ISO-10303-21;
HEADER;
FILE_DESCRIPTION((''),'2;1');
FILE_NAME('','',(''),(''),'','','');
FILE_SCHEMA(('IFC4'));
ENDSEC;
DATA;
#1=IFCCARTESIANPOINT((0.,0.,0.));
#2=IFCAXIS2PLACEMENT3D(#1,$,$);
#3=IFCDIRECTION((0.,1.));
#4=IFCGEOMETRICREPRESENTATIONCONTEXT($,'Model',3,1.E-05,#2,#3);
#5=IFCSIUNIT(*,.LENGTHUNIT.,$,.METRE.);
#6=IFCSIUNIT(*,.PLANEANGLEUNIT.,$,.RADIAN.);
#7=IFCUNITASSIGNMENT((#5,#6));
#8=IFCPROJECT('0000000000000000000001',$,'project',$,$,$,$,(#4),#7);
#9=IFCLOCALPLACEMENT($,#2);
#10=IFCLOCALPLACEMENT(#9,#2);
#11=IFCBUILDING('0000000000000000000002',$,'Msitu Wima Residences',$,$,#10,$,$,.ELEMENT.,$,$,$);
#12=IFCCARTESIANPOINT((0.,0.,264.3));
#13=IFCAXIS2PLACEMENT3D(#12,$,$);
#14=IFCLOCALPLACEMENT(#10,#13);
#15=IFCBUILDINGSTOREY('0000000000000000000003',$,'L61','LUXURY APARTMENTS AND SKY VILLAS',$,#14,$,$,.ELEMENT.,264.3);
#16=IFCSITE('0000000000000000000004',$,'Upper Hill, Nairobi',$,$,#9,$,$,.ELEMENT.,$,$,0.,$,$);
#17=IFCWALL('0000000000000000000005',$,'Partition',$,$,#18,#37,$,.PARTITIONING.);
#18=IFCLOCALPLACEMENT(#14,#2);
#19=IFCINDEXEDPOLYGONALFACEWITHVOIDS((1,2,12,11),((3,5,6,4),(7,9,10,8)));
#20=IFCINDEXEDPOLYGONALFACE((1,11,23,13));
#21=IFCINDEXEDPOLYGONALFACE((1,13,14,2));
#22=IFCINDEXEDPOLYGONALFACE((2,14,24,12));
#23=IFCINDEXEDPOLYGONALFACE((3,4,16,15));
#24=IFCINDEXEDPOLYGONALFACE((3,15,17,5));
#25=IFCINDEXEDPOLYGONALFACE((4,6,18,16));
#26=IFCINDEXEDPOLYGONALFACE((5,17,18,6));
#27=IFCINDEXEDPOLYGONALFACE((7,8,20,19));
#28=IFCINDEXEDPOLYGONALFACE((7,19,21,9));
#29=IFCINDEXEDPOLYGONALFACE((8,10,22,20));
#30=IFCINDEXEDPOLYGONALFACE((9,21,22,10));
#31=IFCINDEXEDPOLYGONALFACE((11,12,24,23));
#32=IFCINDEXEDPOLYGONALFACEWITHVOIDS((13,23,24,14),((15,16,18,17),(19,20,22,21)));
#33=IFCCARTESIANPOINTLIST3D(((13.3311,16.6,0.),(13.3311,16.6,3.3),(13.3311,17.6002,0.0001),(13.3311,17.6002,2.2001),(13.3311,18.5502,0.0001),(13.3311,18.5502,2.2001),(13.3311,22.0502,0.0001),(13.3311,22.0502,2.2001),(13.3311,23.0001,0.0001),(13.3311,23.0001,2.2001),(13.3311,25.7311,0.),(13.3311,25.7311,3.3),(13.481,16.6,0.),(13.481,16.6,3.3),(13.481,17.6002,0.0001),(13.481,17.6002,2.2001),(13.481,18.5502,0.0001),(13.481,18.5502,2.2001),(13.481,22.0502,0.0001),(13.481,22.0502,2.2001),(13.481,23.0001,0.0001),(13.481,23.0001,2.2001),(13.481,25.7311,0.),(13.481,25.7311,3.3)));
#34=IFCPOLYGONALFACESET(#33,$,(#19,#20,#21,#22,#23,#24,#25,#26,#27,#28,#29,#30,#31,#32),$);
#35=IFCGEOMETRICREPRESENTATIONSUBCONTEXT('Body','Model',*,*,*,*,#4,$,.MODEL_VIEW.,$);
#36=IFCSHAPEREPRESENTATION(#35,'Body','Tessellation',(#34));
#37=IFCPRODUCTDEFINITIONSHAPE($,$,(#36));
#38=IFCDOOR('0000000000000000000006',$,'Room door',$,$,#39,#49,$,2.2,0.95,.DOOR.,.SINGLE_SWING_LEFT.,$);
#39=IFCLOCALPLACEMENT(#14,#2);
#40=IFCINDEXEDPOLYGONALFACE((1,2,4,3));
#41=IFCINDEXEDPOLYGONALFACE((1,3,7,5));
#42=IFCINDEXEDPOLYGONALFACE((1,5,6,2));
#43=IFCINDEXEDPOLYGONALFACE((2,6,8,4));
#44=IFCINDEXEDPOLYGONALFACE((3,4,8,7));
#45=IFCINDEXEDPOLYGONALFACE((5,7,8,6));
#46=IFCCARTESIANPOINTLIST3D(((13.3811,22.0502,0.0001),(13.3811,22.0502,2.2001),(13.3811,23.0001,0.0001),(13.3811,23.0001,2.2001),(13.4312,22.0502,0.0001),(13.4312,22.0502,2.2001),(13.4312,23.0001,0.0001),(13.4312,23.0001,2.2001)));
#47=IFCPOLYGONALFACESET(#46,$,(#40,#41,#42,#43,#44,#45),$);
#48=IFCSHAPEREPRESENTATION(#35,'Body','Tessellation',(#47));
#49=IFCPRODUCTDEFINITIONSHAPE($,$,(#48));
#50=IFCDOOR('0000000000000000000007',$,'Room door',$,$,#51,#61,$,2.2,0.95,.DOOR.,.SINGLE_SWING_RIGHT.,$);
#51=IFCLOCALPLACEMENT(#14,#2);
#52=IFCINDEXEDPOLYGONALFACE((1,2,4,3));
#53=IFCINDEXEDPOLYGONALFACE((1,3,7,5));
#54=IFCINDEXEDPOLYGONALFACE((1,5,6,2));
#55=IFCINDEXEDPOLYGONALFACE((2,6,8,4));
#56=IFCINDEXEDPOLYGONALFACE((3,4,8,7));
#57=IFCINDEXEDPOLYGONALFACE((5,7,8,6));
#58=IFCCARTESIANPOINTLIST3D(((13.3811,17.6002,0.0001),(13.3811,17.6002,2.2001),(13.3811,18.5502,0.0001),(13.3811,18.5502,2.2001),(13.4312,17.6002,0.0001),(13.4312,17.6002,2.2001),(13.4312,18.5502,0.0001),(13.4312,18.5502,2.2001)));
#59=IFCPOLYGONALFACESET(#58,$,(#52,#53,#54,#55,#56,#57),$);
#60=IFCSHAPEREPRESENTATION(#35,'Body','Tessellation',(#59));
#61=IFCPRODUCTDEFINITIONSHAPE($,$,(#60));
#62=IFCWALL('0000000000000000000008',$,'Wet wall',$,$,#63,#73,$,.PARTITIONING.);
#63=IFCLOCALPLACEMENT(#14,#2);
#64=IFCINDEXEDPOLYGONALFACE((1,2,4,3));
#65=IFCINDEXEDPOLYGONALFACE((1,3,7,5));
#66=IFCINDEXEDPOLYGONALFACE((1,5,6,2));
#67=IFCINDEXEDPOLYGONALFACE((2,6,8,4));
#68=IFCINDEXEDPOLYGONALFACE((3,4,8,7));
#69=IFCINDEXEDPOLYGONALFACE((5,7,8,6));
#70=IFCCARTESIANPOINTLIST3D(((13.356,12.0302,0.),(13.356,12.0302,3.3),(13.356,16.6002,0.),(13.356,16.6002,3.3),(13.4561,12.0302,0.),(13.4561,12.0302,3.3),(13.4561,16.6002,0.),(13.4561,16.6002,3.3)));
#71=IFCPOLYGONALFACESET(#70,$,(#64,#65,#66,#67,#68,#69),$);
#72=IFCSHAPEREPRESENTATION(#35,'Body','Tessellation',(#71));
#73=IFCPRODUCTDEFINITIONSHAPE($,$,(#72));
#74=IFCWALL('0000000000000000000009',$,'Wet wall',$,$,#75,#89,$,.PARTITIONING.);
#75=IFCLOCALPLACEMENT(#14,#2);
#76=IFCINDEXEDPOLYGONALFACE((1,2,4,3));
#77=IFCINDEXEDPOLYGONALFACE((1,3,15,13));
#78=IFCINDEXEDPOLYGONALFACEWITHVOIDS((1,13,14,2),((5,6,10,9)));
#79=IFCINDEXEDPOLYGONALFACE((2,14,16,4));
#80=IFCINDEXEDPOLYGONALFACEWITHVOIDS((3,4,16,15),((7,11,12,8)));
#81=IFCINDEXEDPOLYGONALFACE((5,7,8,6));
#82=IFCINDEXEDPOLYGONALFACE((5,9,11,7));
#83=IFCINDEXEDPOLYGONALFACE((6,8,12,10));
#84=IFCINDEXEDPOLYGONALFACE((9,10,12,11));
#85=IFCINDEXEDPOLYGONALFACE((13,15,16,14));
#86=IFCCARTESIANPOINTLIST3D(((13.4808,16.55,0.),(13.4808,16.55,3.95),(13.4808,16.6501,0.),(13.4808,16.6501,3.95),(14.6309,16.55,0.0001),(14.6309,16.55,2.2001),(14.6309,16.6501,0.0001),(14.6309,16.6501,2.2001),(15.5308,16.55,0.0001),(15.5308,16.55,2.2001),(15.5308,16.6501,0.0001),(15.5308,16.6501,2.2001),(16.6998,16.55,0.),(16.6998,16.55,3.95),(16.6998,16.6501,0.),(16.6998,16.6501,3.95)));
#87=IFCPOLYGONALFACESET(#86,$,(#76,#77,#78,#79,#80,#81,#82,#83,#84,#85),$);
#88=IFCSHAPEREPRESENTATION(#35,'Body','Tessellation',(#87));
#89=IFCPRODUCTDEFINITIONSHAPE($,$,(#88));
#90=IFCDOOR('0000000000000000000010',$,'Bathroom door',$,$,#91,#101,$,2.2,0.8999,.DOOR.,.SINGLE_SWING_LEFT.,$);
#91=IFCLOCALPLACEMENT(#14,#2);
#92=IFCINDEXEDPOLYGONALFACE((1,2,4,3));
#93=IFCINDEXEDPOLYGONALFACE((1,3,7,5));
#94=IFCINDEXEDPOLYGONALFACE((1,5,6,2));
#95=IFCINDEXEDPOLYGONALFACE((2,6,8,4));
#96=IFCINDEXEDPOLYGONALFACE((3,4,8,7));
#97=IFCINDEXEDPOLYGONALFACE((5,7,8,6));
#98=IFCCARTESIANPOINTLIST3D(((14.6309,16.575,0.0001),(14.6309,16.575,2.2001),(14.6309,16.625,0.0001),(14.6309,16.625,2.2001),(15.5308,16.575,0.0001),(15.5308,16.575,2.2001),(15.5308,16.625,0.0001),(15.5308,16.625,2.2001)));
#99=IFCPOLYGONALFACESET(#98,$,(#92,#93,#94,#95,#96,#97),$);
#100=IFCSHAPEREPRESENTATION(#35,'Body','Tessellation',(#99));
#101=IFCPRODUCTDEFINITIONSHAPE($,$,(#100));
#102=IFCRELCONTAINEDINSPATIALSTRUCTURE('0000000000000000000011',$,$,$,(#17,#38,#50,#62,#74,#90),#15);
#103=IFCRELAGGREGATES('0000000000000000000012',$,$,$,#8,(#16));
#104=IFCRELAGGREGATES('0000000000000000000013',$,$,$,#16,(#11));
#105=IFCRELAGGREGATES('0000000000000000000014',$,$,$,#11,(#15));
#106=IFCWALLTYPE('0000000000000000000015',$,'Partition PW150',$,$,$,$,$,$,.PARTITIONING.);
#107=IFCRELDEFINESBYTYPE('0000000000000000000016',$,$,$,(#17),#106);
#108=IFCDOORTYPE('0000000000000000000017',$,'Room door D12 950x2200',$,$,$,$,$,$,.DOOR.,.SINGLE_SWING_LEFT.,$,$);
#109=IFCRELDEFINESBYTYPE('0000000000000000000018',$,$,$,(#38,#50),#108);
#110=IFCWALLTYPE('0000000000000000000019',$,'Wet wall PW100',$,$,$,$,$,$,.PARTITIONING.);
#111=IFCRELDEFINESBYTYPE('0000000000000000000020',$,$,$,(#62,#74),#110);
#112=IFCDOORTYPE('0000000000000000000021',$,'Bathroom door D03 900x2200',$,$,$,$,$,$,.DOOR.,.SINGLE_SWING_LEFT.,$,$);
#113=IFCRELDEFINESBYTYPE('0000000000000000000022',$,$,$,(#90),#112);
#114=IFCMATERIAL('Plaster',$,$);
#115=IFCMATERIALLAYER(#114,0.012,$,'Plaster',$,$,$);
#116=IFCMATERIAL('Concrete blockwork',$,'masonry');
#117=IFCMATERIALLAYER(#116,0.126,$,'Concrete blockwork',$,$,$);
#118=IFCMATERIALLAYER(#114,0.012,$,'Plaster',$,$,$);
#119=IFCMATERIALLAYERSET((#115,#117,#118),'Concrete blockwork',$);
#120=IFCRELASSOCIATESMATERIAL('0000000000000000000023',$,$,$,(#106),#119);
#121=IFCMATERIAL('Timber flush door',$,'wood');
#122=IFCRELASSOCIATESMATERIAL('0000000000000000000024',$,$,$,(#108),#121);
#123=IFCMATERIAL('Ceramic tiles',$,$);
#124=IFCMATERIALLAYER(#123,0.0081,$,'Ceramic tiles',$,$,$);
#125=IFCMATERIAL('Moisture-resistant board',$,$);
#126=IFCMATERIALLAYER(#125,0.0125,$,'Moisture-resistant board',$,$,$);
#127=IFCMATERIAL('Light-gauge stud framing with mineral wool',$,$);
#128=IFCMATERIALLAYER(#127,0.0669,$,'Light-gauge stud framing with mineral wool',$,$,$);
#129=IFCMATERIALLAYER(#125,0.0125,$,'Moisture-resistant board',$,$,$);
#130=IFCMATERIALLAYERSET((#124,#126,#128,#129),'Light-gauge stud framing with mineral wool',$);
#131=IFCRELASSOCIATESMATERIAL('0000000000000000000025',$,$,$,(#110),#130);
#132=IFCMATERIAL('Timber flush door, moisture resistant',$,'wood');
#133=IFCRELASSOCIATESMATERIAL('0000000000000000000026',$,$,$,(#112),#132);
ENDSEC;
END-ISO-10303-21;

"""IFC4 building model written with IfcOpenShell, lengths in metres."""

from ifc_helpers import new_model, si_unit, direction, frame, frame_2d, origin, place, context, subcontext, project, spatial, rectangle, extrude, material, layer, layer_set, type_object, element, fill, save


model = new_model("IFC4")

# Units and contexts
model_context = context("Model", 3, precision=1e-05, world=origin(), true_north=direction((0.0, 1.0)))
body_context = subcontext(model_context, "Body", "Model", "MODEL_VIEW")
ifc_project = project(units=[si_unit("LENGTHUNIT", "METRE"), si_unit("PLANEANGLEUNIT", "RADIAN")], contexts=[model_context])

# Site, building, storey
site_placement = place(None, origin())
site = spatial("IfcSite", under=ifc_project, at=site_placement, Name="Upper Hill, Nairobi", CompositionType="ELEMENT", RefElevation=0.0)
building_placement = place(site_placement, origin())
building = spatial("IfcBuilding", under=site, at=building_placement, Name="Msitu Wima Residences", CompositionType="ELEMENT")
storey_placement = place(building_placement, frame((0.0, 0.0, 264.3)))
storey = spatial("IfcBuildingStorey", under=building, at=storey_placement, Name="L61", Description="LUXURY APARTMENTS AND SKY VILLAS", CompositionType="ELEMENT", Elevation=264.3)

# Shared definitions
ifc_material_1 = material(Name="Plaster")
ifc_material_2 = material(Name="Concrete blockwork", Category="masonry")

# Shared definitions
ifc_layer_1 = layer(ifc_material_1, 0.012, Name="Plaster")
ifc_layer_2 = layer(ifc_material_2, 0.126, Name="Concrete blockwork")
ifc_layer_3 = layer(ifc_material_1, 0.012, Name="Plaster")
ifc_layer_set_1 = layer_set([ifc_layer_1, ifc_layer_2, ifc_layer_3], Name="Concrete blockwork")
wall_type_1 = type_object("IfcWallType", Name="Partition PW150", PredefinedType="PARTITIONING", material=ifc_layer_set_1)
ifc_material_3 = material(Name="Timber flush door", Category="wood")
door_type_1 = type_object("IfcDoorType", Name="Room door D12 950x2200", OperationType="SINGLE_SWING_LEFT", PredefinedType="DOOR", material=ifc_material_3)

# Wall, openings, doors
wall_1_placement = place(storey_placement, frame((13.406, 16.6001, 0.0), z_axis=(0.0, 0.0, 1.0), x_axis=(0.0, 1.0, 0.0)))
wall_1 = element("IfcWall", 1, at=wall_1_placement, inside=storey, type_object=wall_type_1, Name="Partition", PredefinedType="PARTITIONING", context=body_context, shape_type="SweptSolid", body=[
    extrude(rectangle(XDim=9.1311, YDim=0.1499, at=frame_2d((4.5654, 0.0))), origin(), (0.0, 0.0, 1.0), 3.3),
])
opening_1_placement = place(wall_1_placement, frame((5.45, 0.0, 0.0)))
opening_1 = element("IfcOpeningElement", 2, at=opening_1_placement, cuts=wall_1, PredefinedType="OPENING", context=body_context, shape_type="SweptSolid", body=[
    extrude(rectangle(XDim=0.95, YDim=2.2, at=frame_2d((0.4751, 1.1001))), frame((0.0, 0.085, 0.0), z_axis=(0.0, -1.0, 0.0), x_axis=(1.0, 0.0, 0.0)), (0.0, 0.0, 1.0), 0.1699),
])
opening_2_placement = place(wall_1_placement, frame((1.0, 0.0, 0.0)))
opening_2 = element("IfcOpeningElement", 3, at=opening_2_placement, cuts=wall_1, PredefinedType="OPENING", context=body_context, shape_type="SweptSolid", body=[
    extrude(rectangle(XDim=0.95, YDim=2.2, at=frame_2d((0.4751, 1.1001))), frame((0.0, 0.085, 0.0), z_axis=(0.0, -1.0, 0.0), x_axis=(1.0, 0.0, 0.0)), (0.0, 0.0, 1.0), 0.1699),
])
door_1_placement = place(opening_1_placement, origin())
door_1 = element("IfcDoor", 4, at=door_1_placement, inside=storey, type_object=door_type_1, Name="Room door", OperationType="SINGLE_SWING_LEFT", OverallHeight=2.2, OverallWidth=0.95, PredefinedType="DOOR", context=body_context, shape_type="SweptSolid", body=[
    extrude(rectangle(XDim=0.95, YDim=2.2, at=frame_2d((0.4751, 1.1001))), frame((0.0, 0.0249, 0.0), z_axis=(0.0, -1.0, 0.0), x_axis=(1.0, 0.0, 0.0)), (0.0, 0.0, 1.0), 0.05),
])
fill(opening_1, door_1)
door_2_placement = place(opening_2_placement, origin())
door_2 = element("IfcDoor", 5, at=door_2_placement, inside=storey, type_object=door_type_1, Name="Room door", OperationType="SINGLE_SWING_RIGHT", OverallHeight=2.2, OverallWidth=0.95, PredefinedType="DOOR", context=body_context, shape_type="SweptSolid", body=[
    extrude(rectangle(XDim=0.95, YDim=2.2, at=frame_2d((0.4751, 1.1001))), frame((0.0, 0.0249, 0.0), z_axis=(0.0, -1.0, 0.0), x_axis=(1.0, 0.0, 0.0)), (0.0, 0.0, 1.0), 0.05),
])
fill(opening_2, door_2)

# Wall
ifc_material_4 = material(Name="Ceramic tiles")
ifc_layer_4 = layer(ifc_material_4, 0.0081, Name="Ceramic tiles")
ifc_material_5 = material(Name="Moisture-resistant board")
ifc_layer_5 = layer(ifc_material_5, 0.0125, Name="Moisture-resistant board")
ifc_material_6 = material(Name="Light-gauge stud framing with mineral wool")
ifc_layer_6 = layer(ifc_material_6, 0.0669, Name="Light-gauge stud framing with mineral wool")
ifc_layer_7 = layer(ifc_material_5, 0.0125, Name="Moisture-resistant board")
ifc_layer_set_2 = layer_set([ifc_layer_4, ifc_layer_5, ifc_layer_6, ifc_layer_7], Name="Light-gauge stud framing with mineral wool")
wall_type_2 = type_object("IfcWallType", Name="Wet wall PW100", PredefinedType="PARTITIONING", material=ifc_layer_set_2)
wall_2_placement = place(storey_placement, frame((13.406, 12.03, 0.0), z_axis=(0.0, 0.0, 1.0), x_axis=(0.0, 1.0, 0.0)))
element("IfcWall", 6, at=wall_2_placement, inside=storey, type_object=wall_type_2, Name="Wet wall", PredefinedType="PARTITIONING", context=body_context, shape_type="SweptSolid", body=[
    extrude(rectangle(XDim=4.5701, YDim=0.1001, at=frame_2d((2.2852, 0.0))), origin(), (0.0, 0.0, 1.0), 3.3),
])

# Wall, opening, door
wall_3_placement = place(storey_placement, frame((13.481, 16.6001, 0.0), z_axis=(0.0, 0.0, 1.0), x_axis=(1.0, 0.0, 0.0)))
wall_3 = element("IfcWall", 7, at=wall_3_placement, inside=storey, type_object=wall_type_2, Name="Wet wall", PredefinedType="PARTITIONING", context=body_context, shape_type="SweptSolid", body=[
    extrude(rectangle(XDim=3.219, YDim=0.1001, at=frame_2d((1.6094, 0.0))), origin(), (0.0, 0.0, 1.0), 3.95),
])
opening_3_placement = place(wall_3_placement, frame((1.1499, 0.0, 0.0)))
opening_3 = element("IfcOpeningElement", 8, at=opening_3_placement, cuts=wall_3, PredefinedType="OPENING", context=body_context, shape_type="SweptSolid", body=[
    extrude(rectangle(XDim=0.8999, YDim=2.2, at=frame_2d((0.45, 1.1001))), frame((0.0, 0.0601, 0.0), z_axis=(0.0, -1.0, 0.0), x_axis=(1.0, 0.0, 0.0)), (0.0, 0.0, 1.0), 0.1201),
])
ifc_material_7 = material(Name="Timber flush door, moisture resistant", Category="wood")
door_type_2 = type_object("IfcDoorType", Name="Bathroom door D03 900x2200", OperationType="SINGLE_SWING_LEFT", PredefinedType="DOOR", material=ifc_material_7)
door_3_placement = place(opening_3_placement, origin())
door_3 = element("IfcDoor", 9, at=door_3_placement, inside=storey, type_object=door_type_2, Name="Bathroom door", OperationType="SINGLE_SWING_LEFT", OverallHeight=2.2, OverallWidth=0.8999, PredefinedType="DOOR", context=body_context, shape_type="SweptSolid", body=[
    extrude(rectangle(XDim=0.8999, YDim=2.2, at=frame_2d((0.45, 1.1001))), frame((0.0, 0.0249, 0.0), z_axis=(0.0, -1.0, 0.0), x_axis=(1.0, 0.0, 0.0)), (0.0, 0.0, 1.0), 0.05),
])
fill(opening_3, door_3)

save(model, "model.ifc")
